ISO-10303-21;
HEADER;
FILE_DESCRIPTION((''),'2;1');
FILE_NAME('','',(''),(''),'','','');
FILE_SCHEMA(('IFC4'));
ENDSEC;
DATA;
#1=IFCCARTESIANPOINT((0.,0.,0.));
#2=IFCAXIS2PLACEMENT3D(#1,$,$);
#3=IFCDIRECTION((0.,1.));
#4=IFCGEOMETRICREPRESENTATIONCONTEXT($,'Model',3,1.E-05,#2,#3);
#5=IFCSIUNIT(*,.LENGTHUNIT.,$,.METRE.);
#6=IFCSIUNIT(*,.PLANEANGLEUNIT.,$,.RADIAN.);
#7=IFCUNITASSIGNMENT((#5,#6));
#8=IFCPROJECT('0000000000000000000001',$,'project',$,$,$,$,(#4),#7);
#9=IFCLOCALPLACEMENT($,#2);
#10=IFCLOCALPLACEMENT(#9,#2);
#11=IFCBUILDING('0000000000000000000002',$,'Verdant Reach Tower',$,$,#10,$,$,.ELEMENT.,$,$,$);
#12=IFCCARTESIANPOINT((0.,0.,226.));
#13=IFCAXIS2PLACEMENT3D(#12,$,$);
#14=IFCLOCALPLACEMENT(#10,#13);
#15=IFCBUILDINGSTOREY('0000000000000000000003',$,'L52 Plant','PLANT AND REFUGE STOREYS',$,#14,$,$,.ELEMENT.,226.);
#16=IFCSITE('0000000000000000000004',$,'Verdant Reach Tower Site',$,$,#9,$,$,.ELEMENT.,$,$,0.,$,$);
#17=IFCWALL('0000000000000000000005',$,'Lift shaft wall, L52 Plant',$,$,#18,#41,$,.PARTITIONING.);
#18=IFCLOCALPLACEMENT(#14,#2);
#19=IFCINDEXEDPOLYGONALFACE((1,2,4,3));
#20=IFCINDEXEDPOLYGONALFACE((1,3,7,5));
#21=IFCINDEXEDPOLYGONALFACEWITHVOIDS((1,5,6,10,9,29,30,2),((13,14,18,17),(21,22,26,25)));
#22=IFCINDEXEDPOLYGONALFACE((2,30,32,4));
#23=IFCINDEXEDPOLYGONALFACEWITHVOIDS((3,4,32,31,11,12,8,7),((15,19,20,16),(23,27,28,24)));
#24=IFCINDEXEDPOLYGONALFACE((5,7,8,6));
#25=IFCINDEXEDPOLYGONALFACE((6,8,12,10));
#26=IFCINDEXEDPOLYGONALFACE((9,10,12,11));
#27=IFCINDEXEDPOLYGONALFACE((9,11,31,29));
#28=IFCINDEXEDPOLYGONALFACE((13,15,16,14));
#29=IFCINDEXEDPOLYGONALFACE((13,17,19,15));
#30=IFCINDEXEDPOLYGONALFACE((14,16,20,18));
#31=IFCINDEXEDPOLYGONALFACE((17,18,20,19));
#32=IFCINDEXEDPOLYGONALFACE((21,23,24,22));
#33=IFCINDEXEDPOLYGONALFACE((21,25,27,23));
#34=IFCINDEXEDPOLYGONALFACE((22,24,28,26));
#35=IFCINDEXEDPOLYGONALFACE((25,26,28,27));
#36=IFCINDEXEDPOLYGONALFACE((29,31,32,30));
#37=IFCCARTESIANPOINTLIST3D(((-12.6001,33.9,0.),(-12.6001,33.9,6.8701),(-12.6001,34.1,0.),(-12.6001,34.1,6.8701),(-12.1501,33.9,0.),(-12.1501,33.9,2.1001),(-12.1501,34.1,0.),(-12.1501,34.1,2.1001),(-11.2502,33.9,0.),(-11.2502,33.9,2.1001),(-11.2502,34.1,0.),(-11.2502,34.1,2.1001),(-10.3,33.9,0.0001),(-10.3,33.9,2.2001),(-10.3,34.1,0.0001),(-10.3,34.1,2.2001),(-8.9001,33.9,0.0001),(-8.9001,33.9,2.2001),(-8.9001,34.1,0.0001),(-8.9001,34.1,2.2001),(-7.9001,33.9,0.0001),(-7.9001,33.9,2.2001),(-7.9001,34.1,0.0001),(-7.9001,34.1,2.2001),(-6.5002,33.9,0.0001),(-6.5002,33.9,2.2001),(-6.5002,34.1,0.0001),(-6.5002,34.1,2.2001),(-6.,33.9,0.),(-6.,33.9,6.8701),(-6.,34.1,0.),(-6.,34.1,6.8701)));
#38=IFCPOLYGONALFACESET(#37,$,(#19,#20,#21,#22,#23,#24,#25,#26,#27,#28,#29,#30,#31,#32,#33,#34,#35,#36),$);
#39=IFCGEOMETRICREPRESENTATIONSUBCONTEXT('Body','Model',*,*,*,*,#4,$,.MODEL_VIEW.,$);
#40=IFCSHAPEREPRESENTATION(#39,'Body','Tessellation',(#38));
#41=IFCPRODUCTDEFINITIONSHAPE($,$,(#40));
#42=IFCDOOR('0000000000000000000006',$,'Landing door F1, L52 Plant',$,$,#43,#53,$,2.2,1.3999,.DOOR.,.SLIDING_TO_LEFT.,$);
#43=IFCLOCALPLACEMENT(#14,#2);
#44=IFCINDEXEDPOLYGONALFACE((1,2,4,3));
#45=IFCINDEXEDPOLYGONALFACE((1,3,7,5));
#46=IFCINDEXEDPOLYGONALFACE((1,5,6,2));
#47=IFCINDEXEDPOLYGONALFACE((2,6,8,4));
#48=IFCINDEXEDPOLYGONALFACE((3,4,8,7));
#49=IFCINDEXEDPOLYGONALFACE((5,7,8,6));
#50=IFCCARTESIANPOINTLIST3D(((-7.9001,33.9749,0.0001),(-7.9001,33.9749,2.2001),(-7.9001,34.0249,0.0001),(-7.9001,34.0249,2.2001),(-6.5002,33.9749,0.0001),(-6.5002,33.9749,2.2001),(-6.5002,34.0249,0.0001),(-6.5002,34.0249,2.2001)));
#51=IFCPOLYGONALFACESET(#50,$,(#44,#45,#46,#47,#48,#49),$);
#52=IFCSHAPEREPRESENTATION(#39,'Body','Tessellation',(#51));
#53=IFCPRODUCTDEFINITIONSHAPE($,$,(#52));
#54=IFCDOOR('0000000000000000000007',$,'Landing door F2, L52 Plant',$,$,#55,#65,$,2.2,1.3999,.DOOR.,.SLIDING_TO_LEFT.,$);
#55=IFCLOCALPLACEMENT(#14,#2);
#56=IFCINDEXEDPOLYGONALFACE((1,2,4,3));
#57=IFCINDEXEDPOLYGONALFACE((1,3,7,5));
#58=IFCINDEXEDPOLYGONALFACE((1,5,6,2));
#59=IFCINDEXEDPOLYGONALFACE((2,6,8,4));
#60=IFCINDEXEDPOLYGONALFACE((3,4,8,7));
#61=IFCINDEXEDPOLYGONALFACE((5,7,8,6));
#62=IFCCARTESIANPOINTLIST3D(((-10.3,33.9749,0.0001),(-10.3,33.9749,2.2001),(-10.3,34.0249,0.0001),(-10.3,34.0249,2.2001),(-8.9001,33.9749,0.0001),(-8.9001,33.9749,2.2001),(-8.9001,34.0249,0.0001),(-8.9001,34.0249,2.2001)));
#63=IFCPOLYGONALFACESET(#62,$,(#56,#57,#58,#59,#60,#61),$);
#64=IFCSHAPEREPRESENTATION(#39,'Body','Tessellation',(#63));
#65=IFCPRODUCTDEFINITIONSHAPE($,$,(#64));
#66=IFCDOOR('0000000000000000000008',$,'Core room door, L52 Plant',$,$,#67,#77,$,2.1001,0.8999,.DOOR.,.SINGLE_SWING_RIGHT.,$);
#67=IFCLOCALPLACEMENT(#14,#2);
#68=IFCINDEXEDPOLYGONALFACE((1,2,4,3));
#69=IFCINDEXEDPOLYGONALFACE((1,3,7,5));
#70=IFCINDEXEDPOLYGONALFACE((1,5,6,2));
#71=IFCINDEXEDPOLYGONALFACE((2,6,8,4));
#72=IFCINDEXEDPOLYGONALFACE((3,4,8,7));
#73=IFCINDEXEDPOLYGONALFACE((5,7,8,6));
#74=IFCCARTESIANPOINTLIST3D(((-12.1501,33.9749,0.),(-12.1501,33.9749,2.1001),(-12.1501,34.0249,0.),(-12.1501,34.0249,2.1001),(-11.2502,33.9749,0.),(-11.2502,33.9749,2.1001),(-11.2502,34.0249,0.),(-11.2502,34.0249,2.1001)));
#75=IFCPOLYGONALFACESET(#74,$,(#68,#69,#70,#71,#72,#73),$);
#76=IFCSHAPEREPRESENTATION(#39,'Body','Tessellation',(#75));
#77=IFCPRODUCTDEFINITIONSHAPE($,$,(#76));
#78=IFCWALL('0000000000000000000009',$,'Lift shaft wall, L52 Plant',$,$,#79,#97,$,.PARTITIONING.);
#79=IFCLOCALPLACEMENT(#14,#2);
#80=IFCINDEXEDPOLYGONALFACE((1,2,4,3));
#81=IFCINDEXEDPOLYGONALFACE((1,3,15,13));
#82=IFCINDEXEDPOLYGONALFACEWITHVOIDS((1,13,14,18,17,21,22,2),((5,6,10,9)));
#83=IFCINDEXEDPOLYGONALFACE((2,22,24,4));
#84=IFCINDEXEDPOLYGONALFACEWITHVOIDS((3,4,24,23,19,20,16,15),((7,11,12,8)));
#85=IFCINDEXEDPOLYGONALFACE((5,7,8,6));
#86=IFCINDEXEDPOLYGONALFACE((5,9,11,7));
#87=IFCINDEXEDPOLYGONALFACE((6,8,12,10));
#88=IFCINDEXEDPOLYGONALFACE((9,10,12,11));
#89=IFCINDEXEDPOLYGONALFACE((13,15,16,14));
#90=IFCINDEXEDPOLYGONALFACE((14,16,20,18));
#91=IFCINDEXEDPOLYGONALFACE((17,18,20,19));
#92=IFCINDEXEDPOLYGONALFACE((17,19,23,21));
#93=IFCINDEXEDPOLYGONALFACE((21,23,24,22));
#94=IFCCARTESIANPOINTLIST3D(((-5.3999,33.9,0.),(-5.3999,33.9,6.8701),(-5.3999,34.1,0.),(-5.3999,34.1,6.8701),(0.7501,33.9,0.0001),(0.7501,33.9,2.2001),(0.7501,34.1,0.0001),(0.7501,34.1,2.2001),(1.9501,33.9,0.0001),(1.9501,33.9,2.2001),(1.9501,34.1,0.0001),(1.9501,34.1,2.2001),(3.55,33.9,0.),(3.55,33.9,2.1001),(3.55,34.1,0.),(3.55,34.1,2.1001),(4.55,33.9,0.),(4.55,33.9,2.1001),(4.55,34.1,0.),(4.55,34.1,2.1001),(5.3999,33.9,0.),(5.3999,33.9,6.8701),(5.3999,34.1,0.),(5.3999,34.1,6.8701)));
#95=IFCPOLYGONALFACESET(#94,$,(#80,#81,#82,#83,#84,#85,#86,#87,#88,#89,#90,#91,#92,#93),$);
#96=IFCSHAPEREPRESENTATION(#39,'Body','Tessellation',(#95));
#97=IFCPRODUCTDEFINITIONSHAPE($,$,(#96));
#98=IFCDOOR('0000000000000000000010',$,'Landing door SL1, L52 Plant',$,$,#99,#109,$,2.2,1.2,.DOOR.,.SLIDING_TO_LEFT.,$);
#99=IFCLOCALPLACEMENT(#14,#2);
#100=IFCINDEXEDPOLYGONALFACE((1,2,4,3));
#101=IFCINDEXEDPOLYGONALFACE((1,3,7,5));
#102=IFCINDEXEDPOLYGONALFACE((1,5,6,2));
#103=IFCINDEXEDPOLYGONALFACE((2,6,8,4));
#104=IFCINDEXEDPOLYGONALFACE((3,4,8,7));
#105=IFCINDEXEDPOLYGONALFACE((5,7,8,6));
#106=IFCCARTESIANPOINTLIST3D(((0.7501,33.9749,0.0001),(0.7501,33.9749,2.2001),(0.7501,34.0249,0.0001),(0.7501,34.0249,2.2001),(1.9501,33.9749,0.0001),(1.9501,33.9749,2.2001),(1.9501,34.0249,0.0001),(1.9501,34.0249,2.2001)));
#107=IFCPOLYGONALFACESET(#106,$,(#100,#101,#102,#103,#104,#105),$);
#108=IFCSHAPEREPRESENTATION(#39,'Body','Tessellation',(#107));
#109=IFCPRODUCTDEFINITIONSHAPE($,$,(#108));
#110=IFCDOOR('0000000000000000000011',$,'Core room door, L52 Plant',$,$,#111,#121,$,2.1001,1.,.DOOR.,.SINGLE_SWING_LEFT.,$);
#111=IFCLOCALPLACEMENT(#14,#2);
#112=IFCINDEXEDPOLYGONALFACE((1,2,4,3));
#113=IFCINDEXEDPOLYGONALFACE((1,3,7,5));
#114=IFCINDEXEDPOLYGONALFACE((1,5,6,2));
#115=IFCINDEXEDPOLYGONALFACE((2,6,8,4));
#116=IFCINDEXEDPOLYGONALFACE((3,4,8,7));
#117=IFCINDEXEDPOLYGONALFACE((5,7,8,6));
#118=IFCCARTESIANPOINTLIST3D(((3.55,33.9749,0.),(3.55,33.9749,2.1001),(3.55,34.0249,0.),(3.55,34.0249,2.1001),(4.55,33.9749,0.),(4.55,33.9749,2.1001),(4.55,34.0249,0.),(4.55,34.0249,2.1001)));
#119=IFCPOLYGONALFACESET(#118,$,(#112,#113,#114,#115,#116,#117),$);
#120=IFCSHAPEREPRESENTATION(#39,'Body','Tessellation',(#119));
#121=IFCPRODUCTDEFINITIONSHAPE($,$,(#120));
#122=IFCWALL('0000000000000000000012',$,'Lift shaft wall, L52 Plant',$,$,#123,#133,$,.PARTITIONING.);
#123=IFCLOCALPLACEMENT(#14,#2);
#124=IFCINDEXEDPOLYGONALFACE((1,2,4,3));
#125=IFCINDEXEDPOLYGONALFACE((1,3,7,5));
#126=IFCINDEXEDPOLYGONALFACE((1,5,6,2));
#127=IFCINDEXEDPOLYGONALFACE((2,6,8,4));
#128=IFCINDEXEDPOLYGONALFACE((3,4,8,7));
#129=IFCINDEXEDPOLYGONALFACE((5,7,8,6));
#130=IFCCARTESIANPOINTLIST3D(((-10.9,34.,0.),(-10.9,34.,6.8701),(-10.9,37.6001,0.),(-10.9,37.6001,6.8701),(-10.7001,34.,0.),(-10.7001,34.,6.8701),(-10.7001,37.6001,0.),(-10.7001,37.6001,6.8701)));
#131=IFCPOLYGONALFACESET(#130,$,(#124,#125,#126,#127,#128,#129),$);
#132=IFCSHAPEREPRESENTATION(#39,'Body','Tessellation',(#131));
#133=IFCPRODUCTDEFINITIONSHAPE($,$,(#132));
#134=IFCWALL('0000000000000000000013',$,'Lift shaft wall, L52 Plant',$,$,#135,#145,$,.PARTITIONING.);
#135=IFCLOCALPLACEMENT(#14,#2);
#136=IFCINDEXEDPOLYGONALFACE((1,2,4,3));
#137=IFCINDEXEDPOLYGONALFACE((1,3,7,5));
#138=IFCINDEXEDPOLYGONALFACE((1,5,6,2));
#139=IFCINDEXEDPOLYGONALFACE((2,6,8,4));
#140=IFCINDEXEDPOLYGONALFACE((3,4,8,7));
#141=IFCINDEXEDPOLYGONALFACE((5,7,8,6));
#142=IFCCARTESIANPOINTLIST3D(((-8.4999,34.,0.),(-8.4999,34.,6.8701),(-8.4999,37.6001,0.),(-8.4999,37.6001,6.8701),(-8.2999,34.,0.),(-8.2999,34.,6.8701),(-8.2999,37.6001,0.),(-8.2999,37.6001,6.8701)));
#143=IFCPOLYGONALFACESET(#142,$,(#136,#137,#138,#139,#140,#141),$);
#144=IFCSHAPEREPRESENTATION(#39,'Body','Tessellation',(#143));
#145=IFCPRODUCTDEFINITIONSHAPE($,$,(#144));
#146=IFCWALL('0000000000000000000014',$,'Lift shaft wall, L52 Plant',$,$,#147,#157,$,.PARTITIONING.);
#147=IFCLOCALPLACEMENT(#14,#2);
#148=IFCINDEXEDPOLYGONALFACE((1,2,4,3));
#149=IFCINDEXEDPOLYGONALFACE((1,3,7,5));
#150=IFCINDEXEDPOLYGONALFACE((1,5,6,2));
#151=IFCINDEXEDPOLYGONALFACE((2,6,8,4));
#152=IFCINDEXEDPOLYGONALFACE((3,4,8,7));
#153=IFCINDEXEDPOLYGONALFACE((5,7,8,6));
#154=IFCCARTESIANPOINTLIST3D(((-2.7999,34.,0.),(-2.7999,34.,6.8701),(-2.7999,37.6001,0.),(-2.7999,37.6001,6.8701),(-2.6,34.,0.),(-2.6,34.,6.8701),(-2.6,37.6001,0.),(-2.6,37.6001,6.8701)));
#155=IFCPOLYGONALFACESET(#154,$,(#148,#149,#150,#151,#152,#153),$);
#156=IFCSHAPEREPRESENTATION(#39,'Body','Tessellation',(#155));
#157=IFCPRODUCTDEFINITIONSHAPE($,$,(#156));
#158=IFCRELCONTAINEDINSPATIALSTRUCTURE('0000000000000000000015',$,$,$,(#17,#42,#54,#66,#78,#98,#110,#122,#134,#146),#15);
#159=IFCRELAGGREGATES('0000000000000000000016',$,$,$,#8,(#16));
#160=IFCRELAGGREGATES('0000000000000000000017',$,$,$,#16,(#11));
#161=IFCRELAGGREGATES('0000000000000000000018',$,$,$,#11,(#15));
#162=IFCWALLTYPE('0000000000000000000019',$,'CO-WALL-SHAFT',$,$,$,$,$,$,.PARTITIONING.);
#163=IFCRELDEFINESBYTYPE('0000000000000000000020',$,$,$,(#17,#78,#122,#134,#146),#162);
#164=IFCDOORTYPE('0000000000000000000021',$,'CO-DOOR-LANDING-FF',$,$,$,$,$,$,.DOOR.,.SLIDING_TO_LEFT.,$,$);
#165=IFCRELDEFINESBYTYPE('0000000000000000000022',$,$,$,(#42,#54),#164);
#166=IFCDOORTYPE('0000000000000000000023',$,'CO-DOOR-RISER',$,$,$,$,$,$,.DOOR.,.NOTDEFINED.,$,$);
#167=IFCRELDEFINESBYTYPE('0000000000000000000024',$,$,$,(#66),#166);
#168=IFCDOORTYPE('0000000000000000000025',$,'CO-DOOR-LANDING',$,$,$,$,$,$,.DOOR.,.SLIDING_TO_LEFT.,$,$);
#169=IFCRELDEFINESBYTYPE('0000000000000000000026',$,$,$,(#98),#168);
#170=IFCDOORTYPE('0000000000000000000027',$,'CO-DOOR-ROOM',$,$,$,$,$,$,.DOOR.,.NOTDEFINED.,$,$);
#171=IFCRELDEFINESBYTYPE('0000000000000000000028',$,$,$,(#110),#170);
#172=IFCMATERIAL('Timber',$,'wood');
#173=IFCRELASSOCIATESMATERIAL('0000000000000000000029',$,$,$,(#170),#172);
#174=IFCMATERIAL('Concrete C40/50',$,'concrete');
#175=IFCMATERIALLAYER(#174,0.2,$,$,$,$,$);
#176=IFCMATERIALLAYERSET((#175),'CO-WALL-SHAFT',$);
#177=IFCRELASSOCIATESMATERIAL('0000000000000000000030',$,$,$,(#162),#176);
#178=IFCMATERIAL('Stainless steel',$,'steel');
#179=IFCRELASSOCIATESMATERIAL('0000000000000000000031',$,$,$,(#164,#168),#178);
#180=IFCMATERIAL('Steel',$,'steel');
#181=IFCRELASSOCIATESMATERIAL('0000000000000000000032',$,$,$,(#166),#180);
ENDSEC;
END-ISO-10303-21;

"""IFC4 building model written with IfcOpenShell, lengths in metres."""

from ifc_helpers import new_model, si_unit, direction, frame, frame_2d, origin, place, context, subcontext, project, spatial, rectangle, extrude, material, layer, layer_set, type_object, element, fill, save


model = new_model("IFC4")

# Units and contexts
model_context = context("Model", 3, precision=1e-05, world=origin(), true_north=direction((0.0, 1.0)))
body_context = subcontext(model_context, "Body", "Model", "MODEL_VIEW")
ifc_project = project(units=[si_unit("LENGTHUNIT", "METRE"), si_unit("PLANEANGLEUNIT", "RADIAN")], contexts=[model_context])

# Site, building, storey
site_placement = place(None, origin())
site = spatial("IfcSite", under=ifc_project, at=site_placement, Name="Verdant Reach Tower Site", CompositionType="ELEMENT", RefElevation=0.0)
building_placement = place(site_placement, origin())
building = spatial("IfcBuilding", under=site, at=building_placement, Name="Verdant Reach Tower", CompositionType="ELEMENT")
storey_placement = place(building_placement, frame((0.0, 0.0, 226.0)))
storey = spatial("IfcBuildingStorey", under=building, at=storey_placement, Name="L52 Plant", Description="PLANT AND REFUGE STOREYS", CompositionType="ELEMENT", Elevation=226.0)

# Shared definitions
ifc_material_1 = material(Name="Timber", Category="wood")
door_type_1 = type_object("IfcDoorType", Name="CO-DOOR-ROOM", OperationType="NOTDEFINED", PredefinedType="DOOR", material=ifc_material_1)

# Walls, openings, doors
ifc_material_2 = material(Name="Concrete C40/50", Category="concrete")
ifc_layer_1 = layer(ifc_material_2, 0.2)
ifc_layer_set_1 = layer_set([ifc_layer_1], Name="CO-WALL-SHAFT")
wall_type_1 = type_object("IfcWallType", Name="CO-WALL-SHAFT", PredefinedType="PARTITIONING", material=ifc_layer_set_1)
wall_1_placement = place(storey_placement, frame((-12.6001, 34.0, 0.0), z_axis=(0.0, 0.0, 1.0), x_axis=(1.0, 0.0, 0.0)))
wall_1 = element("IfcWall", 1, at=wall_1_placement, inside=storey, type_object=wall_type_1, Name="Lift shaft wall, L52 Plant", PredefinedType="PARTITIONING", context=body_context, shape_type="SweptSolid", body=[
    extrude(rectangle(XDim=6.6001, YDim=0.2, at=frame_2d((3.3, 0.0))), origin(), (0.0, 0.0, 1.0), 6.8701),
])
opening_1_placement = place(wall_1_placement, frame((4.7, 0.0, 0.0)))
opening_1 = element("IfcOpeningElement", 2, at=opening_1_placement, cuts=wall_1, PredefinedType="OPENING", context=body_context, shape_type="SweptSolid", body=[
    extrude(rectangle(XDim=1.3999, YDim=2.2, at=frame_2d((0.7, 1.1001))), frame((0.0, 0.1099, 0.0), z_axis=(0.0, -1.0, 0.0), x_axis=(1.0, 0.0, 0.0)), (0.0, 0.0, 1.0), 0.22),
])
opening_2_placement = place(wall_1_placement, frame((2.3, 0.0, 0.0)))
opening_2 = element("IfcOpeningElement", 3, at=opening_2_placement, cuts=wall_1, PredefinedType="OPENING", context=body_context, shape_type="SweptSolid", body=[
    extrude(rectangle(XDim=1.3999, YDim=2.2, at=frame_2d((0.7, 1.1001))), frame((0.0, 0.1099, 0.0), z_axis=(0.0, -1.0, 0.0), x_axis=(1.0, 0.0, 0.0)), (0.0, 0.0, 1.0), 0.22),
])
opening_3_placement = place(wall_1_placement, frame((0.45, 0.0, 0.0)))
opening_3 = element("IfcOpeningElement", 4, at=opening_3_placement, cuts=wall_1, PredefinedType="OPENING", context=body_context, shape_type="SweptSolid", body=[
    extrude(rectangle(XDim=0.8999, YDim=2.1001, at=frame_2d((0.45, 1.05))), frame((0.0, 0.1099, 0.0), z_axis=(0.0, -1.0, 0.0), x_axis=(1.0, 0.0, 0.0)), (0.0, 0.0, 1.0), 0.22),
])
ifc_material_3 = material(Name="Stainless steel", Category="steel")
door_type_2 = type_object("IfcDoorType", Name="CO-DOOR-LANDING-FF", OperationType="SLIDING_TO_LEFT", PredefinedType="DOOR", material=ifc_material_3)
door_1_placement = place(opening_1_placement, origin())
door_1 = element("IfcDoor", 5, at=door_1_placement, inside=storey, type_object=door_type_2, Name="Landing door F1, L52 Plant", OperationType="SLIDING_TO_LEFT", OverallHeight=2.2, OverallWidth=1.3999, PredefinedType="DOOR", context=body_context, shape_type="SweptSolid", body=[
    extrude(rectangle(XDim=1.3999, YDim=2.2, at=frame_2d((0.7, 1.1001))), frame((0.0, 0.0249, 0.0), z_axis=(0.0, -1.0, 0.0), x_axis=(1.0, 0.0, 0.0)), (0.0, 0.0, 1.0), 0.05),
])
fill(opening_1, door_1)
door_2_placement = place(opening_2_placement, origin())
door_2 = element("IfcDoor", 6, at=door_2_placement, inside=storey, type_object=door_type_2, Name="Landing door F2, L52 Plant", OperationType="SLIDING_TO_LEFT", OverallHeight=2.2, OverallWidth=1.3999, PredefinedType="DOOR", context=body_context, shape_type="SweptSolid", body=[
    extrude(rectangle(XDim=1.3999, YDim=2.2, at=frame_2d((0.7, 1.1001))), frame((0.0, 0.0249, 0.0), z_axis=(0.0, -1.0, 0.0), x_axis=(1.0, 0.0, 0.0)), (0.0, 0.0, 1.0), 0.05),
])
fill(opening_2, door_2)
ifc_material_4 = material(Name="Steel", Category="steel")
door_type_3 = type_object("IfcDoorType", Name="CO-DOOR-RISER", OperationType="NOTDEFINED", PredefinedType="DOOR", material=ifc_material_4)
door_3_placement = place(opening_3_placement, origin())
door_3 = element("IfcDoor", 7, at=door_3_placement, inside=storey, type_object=door_type_3, Name="Core room door, L52 Plant", OperationType="SINGLE_SWING_RIGHT", OverallHeight=2.1001, OverallWidth=0.8999, PredefinedType="DOOR", context=body_context, shape_type="SweptSolid", body=[
    extrude(rectangle(XDim=0.8999, YDim=2.1001, at=frame_2d((0.45, 1.05))), frame((0.0, 0.0249, 0.0), z_axis=(0.0, -1.0, 0.0), x_axis=(1.0, 0.0, 0.0)), (0.0, 0.0, 1.0), 0.05),
])
fill(opening_3, door_3)
wall_2_placement = place(storey_placement, frame((-5.3999, 34.0, 0.0), z_axis=(0.0, 0.0, 1.0), x_axis=(1.0, 0.0, 0.0)))
wall_2 = element("IfcWall", 8, at=wall_2_placement, inside=storey, type_object=wall_type_1, Name="Lift shaft wall, L52 Plant", PredefinedType="PARTITIONING", context=body_context, shape_type="SweptSolid", body=[
    extrude(rectangle(XDim=10.7998, YDim=0.2, at=frame_2d((5.3999, 0.0))), origin(), (0.0, 0.0, 1.0), 6.8701),
])
opening_4_placement = place(wall_2_placement, frame((6.1499, 0.0, 0.0)))
opening_4 = element("IfcOpeningElement", 9, at=opening_4_placement, cuts=wall_2, PredefinedType="OPENING", context=body_context, shape_type="SweptSolid", body=[
    extrude(rectangle(XDim=1.2, YDim=2.2, at=frame_2d((0.6001, 1.1001))), frame((0.0, 0.1099, 0.0), z_axis=(0.0, -1.0, 0.0), x_axis=(1.0, 0.0, 0.0)), (0.0, 0.0, 1.0), 0.22),
])
opening_5_placement = place(wall_2_placement, frame((8.95, 0.0, 0.0)))
opening_5 = element("IfcOpeningElement", 10, at=opening_5_placement, cuts=wall_2, PredefinedType="OPENING", context=body_context, shape_type="SweptSolid", body=[
    extrude(rectangle(XDim=1.0, YDim=2.1001, at=frame_2d((0.5, 1.05))), frame((0.0, 0.1099, 0.0), z_axis=(0.0, -1.0, 0.0), x_axis=(1.0, 0.0, 0.0)), (0.0, 0.0, 1.0), 0.22),
])
door_type_4 = type_object("IfcDoorType", Name="CO-DOOR-LANDING", OperationType="SLIDING_TO_LEFT", PredefinedType="DOOR", material=ifc_material_3)
door_4_placement = place(opening_4_placement, origin())
door_4 = element("IfcDoor", 11, at=door_4_placement, inside=storey, type_object=door_type_4, Name="Landing door SL1, L52 Plant", OperationType="SLIDING_TO_LEFT", OverallHeight=2.2, OverallWidth=1.2, PredefinedType="DOOR", context=body_context, shape_type="SweptSolid", body=[
    extrude(rectangle(XDim=1.2, YDim=2.2, at=frame_2d((0.6001, 1.1001))), frame((0.0, 0.0249, 0.0), z_axis=(0.0, -1.0, 0.0), x_axis=(1.0, 0.0, 0.0)), (0.0, 0.0, 1.0), 0.05),
])
fill(opening_4, door_4)
door_5_placement = place(opening_5_placement, origin())
door_5 = element("IfcDoor", 12, at=door_5_placement, inside=storey, type_object=door_type_1, Name="Core room door, L52 Plant", OperationType="SINGLE_SWING_LEFT", OverallHeight=2.1001, OverallWidth=1.0, PredefinedType="DOOR", context=body_context, shape_type="SweptSolid", body=[
    extrude(rectangle(XDim=1.0, YDim=2.1001, at=frame_2d((0.5, 1.05))), frame((0.0, 0.0249, 0.0), z_axis=(0.0, -1.0, 0.0), x_axis=(1.0, 0.0, 0.0)), (0.0, 0.0, 1.0), 0.05),
])
fill(opening_5, door_5)

# Walls
for number, where, z_axis, x_axis, name in (
    (13, (-10.8, 34.0, 0.0), (0.0, 0.0, 1.0), (0.0, 1.0, 0.0), "Lift shaft wall, L52 Plant"),
    (14, (-8.3999, 34.0, 0.0), (0.0, 0.0, 1.0), (0.0, 1.0, 0.0), "Lift shaft wall, L52 Plant"),
    (15, (-2.7, 34.0, 0.0), (0.0, 0.0, 1.0), (0.0, 1.0, 0.0), "Lift shaft wall, L52 Plant"),
):
    element("IfcWall", number, at=place(storey_placement, frame(where, z_axis=z_axis, x_axis=x_axis)), inside=storey, type_object=wall_type_1, Name=name, PredefinedType="PARTITIONING", context=body_context, shape_type="SweptSolid", body=[
        extrude(rectangle(XDim=3.6001, YDim=0.2, at=frame_2d((1.8, 0.0))), origin(), (0.0, 0.0, 1.0), 6.8701),
    ])

save(model, "model.ifc")
